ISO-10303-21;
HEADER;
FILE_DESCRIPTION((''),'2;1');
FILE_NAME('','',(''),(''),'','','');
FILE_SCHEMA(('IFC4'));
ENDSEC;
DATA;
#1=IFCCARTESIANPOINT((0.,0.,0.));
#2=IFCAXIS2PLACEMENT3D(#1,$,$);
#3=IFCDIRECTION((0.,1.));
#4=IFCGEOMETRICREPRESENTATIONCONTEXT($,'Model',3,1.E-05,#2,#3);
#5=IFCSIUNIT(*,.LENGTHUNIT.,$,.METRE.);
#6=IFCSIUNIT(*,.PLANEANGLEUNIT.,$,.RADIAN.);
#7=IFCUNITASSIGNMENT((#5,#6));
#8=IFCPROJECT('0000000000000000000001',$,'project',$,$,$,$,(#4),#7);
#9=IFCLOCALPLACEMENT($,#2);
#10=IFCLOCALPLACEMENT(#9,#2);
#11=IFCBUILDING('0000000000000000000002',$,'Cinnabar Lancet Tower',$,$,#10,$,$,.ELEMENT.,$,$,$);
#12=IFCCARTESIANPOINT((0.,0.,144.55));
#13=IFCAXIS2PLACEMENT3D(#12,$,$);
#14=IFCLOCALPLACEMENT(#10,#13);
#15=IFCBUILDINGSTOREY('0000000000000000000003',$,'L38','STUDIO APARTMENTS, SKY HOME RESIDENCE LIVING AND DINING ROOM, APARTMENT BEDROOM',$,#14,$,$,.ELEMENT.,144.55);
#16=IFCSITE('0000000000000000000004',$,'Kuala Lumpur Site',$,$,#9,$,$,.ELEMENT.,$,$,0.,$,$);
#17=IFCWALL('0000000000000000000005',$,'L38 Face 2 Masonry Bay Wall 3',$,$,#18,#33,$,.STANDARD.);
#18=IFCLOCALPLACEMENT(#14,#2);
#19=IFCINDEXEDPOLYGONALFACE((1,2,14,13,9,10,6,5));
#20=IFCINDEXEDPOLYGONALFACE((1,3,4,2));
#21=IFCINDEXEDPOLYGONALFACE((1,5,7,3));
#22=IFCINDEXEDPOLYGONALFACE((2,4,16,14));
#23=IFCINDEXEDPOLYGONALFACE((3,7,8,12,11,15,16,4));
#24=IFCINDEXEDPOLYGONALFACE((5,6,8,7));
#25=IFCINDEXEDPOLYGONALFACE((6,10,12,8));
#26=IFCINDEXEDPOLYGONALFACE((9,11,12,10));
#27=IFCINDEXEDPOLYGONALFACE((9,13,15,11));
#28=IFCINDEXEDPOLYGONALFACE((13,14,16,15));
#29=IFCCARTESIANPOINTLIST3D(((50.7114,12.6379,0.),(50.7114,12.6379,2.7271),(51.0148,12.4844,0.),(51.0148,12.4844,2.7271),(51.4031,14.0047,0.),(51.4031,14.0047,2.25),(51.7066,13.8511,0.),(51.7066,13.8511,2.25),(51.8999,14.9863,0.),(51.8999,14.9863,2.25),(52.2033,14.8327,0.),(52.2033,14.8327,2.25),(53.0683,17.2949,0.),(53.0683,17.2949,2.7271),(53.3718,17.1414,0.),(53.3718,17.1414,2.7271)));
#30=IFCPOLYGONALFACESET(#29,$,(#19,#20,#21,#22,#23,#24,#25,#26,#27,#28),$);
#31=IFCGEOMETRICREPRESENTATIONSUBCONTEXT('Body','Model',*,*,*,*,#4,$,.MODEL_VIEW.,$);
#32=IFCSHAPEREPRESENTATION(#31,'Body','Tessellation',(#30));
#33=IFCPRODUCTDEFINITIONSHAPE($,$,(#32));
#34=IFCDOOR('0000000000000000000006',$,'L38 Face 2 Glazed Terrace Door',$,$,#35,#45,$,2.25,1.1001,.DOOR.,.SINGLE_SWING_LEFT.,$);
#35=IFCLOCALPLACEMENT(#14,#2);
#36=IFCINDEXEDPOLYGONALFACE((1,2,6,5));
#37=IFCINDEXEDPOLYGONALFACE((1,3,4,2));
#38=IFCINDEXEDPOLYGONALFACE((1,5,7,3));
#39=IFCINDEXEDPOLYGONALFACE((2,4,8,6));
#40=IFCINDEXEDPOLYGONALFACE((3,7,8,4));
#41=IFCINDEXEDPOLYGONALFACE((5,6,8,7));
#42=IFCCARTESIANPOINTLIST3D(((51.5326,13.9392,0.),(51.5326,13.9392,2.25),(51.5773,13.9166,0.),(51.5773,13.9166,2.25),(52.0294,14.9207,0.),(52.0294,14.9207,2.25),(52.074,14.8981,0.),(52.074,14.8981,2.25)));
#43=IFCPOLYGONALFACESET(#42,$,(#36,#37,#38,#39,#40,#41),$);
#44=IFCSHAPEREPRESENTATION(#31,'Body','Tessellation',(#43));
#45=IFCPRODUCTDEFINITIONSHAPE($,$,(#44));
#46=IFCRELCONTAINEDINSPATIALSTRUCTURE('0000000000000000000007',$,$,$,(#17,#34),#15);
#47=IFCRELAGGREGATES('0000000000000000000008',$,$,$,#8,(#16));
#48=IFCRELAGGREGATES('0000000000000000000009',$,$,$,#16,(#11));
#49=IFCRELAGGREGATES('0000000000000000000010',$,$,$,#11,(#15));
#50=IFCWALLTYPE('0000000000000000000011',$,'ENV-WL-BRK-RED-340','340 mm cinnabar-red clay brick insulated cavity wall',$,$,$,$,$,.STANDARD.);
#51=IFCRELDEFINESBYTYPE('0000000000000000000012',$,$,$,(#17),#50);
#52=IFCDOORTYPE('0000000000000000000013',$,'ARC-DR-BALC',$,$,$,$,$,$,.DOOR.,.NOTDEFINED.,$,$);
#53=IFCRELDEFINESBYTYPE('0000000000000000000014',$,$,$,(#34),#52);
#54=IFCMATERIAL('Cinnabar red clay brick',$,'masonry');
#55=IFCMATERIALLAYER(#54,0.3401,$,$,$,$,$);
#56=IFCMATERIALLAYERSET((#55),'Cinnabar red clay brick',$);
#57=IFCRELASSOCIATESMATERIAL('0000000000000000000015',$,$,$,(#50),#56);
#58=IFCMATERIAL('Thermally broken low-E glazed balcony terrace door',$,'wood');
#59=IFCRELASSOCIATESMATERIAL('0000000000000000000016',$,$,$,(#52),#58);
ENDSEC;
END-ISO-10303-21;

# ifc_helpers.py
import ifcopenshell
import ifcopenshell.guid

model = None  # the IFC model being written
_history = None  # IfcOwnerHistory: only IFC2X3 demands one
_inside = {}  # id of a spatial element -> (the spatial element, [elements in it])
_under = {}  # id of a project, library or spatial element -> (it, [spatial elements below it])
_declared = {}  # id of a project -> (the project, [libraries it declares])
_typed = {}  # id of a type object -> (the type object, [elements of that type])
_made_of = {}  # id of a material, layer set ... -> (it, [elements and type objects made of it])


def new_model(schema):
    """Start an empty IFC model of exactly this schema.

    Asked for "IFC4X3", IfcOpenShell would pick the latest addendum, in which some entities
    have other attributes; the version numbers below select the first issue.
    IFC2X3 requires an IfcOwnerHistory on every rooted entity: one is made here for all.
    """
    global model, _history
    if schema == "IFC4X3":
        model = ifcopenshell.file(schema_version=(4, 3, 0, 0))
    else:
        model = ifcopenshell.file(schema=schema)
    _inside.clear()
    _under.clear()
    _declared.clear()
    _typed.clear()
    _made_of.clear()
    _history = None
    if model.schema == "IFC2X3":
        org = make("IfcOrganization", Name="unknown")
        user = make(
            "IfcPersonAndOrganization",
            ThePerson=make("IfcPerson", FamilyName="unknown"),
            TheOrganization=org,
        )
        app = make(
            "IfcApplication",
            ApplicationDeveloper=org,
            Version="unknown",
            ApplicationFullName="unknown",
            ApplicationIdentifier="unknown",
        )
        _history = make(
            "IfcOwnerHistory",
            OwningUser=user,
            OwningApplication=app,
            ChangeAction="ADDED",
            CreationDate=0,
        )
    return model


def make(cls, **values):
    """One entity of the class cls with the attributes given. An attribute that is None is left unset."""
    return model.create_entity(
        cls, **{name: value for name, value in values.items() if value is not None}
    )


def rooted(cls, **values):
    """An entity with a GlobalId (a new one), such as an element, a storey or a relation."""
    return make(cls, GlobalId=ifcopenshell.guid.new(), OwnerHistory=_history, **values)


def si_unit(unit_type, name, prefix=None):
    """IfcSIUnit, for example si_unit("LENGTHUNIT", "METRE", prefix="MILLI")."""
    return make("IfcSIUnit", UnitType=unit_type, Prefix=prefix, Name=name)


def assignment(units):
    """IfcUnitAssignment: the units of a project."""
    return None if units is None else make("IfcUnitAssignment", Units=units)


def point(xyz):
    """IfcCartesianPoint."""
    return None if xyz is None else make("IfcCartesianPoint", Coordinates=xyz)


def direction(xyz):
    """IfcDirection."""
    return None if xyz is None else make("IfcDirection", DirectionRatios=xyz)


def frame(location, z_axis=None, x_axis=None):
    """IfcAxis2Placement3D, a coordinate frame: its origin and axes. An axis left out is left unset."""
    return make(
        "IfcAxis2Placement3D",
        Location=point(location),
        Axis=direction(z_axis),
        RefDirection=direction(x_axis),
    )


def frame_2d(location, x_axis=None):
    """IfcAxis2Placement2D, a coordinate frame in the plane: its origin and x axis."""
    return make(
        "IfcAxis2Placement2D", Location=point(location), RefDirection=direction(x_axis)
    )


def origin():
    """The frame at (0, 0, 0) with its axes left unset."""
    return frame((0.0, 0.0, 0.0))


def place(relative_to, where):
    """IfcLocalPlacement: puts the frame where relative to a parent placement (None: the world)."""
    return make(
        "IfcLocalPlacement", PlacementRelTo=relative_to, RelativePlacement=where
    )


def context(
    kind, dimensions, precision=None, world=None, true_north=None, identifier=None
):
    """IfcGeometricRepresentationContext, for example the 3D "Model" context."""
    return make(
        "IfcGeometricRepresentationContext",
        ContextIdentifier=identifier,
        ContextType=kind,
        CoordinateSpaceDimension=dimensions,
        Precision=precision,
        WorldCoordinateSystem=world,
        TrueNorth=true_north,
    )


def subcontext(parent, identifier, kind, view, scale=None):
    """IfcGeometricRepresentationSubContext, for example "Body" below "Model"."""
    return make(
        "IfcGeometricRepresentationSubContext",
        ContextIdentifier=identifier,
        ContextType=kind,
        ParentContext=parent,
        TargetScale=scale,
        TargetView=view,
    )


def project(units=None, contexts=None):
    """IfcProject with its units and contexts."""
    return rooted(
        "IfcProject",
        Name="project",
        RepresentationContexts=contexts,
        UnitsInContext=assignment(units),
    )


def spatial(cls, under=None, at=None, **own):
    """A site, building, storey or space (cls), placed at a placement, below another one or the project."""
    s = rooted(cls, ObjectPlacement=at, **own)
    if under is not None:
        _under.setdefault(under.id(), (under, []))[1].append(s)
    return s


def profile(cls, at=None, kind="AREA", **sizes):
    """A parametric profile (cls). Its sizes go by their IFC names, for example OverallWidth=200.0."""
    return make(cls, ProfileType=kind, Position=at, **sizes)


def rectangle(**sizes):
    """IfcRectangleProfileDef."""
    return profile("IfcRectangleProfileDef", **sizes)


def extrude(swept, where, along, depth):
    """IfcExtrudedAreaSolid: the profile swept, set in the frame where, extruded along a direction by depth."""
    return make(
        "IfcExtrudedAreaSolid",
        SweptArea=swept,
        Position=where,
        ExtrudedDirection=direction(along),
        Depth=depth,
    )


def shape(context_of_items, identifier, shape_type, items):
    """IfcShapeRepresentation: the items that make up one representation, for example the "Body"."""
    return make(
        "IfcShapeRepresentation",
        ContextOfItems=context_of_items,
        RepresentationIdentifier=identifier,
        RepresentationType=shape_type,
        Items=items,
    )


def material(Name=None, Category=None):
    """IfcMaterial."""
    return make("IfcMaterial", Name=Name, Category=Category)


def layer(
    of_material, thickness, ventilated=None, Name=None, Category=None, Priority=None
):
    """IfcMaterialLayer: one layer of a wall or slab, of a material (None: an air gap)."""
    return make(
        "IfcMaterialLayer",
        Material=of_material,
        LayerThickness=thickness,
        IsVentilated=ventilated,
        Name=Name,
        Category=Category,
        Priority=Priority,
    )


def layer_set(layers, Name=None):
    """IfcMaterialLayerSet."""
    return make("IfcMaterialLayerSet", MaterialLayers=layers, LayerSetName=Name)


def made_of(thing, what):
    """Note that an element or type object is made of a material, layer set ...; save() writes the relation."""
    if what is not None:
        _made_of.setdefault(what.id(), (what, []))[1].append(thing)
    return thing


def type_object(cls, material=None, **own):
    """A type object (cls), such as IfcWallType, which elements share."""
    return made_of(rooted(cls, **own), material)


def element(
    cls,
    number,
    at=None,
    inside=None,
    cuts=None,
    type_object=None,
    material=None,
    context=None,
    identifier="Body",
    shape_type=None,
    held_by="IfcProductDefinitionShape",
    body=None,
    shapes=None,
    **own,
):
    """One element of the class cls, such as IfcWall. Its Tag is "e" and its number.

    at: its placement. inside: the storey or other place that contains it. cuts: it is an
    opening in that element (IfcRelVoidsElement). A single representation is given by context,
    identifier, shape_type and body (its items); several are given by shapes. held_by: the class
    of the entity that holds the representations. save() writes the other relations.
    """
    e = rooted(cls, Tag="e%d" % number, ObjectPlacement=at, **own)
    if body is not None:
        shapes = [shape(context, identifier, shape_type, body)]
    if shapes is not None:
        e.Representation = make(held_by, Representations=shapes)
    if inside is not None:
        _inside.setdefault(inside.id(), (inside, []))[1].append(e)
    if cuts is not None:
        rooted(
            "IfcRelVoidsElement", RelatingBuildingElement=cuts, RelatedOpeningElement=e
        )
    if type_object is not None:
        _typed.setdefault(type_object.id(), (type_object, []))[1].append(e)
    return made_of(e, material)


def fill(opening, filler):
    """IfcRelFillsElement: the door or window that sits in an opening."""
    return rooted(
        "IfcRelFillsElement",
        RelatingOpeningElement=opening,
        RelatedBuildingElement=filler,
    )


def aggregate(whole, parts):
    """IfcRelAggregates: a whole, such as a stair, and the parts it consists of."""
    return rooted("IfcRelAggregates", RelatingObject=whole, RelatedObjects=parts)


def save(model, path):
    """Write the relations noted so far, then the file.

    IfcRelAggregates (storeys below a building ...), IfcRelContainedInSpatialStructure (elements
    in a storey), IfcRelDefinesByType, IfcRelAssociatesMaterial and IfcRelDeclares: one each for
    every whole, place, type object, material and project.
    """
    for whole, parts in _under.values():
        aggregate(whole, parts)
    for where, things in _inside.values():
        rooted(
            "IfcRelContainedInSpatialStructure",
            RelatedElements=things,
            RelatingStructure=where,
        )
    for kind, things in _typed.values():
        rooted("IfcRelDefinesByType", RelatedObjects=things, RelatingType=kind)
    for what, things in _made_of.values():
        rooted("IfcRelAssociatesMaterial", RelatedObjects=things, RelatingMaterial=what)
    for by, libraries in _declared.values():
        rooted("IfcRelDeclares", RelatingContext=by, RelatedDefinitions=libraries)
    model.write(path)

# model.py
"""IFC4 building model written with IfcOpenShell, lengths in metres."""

from ifc_helpers import new_model, si_unit, direction, frame, frame_2d, origin, place, context, subcontext, project, spatial, rectangle, extrude, material, layer, layer_set, type_object, element, fill, save


model = new_model("IFC4")

# Units and contexts
model_context = context("Model", 3, precision=1e-05, world=origin(), true_north=direction((0.0, 1.0)))
body_context = subcontext(model_context, "Body", "Model", "MODEL_VIEW")
ifc_project = project(units=[si_unit("LENGTHUNIT", "METRE"), si_unit("PLANEANGLEUNIT", "RADIAN")], contexts=[model_context])

# Site, building, storey
site_placement = place(None, origin())
site = spatial("IfcSite", under=ifc_project, at=site_placement, Name="Kuala Lumpur Site", CompositionType="ELEMENT", RefElevation=0.0)
building_placement = place(site_placement, origin())
building = spatial("IfcBuilding", under=site, at=building_placement, Name="Cinnabar Lancet Tower", CompositionType="ELEMENT")
storey_placement = place(building_placement, frame((0.0, 0.0, 144.55)))
storey = spatial("IfcBuildingStorey", under=building, at=storey_placement, Name="L38", Description="STUDIO APARTMENTS, SKY HOME RESIDENCE LIVING AND DINING ROOM, APARTMENT BEDROOM", CompositionType="ELEMENT", Elevation=144.55)

# Shared definitions
ifc_material_1 = material(Name="Cinnabar red clay brick", Category="masonry")
ifc_layer_1 = layer(ifc_material_1, 0.3401)
ifc_layer_set_1 = layer_set([ifc_layer_1], Name="Cinnabar red clay brick")
wall_type_1 = type_object("IfcWallType", Name="ENV-WL-BRK-RED-340", Description="340 mm cinnabar-red clay brick insulated cavity wall", PredefinedType="STANDARD", material=ifc_layer_set_1)

# Wall, opening, door
wall_1_placement = place(storey_placement, frame((50.863, 12.561, 0.0), z_axis=(0.0, 0.0, 1.0), x_axis=(0.451568, 0.892237, 0.0)))
wall_1 = element("IfcWall", 1, at=wall_1_placement, inside=storey, type_object=wall_type_1, Name="L38 Face 2 Masonry Bay Wall 3", PredefinedType="STANDARD", context=body_context, shape_type="SweptSolid", body=[
    extrude(rectangle(XDim=5.2195, YDim=0.3401, at=frame_2d((2.6099, 0.0))), origin(), (0.0, 0.0, 1.0), 2.7271),
])
opening_1_placement = place(wall_1_placement, frame((1.532, 0.0, 0.0)))
opening_1 = element("IfcOpeningElement", 2, at=opening_1_placement, cuts=wall_1, PredefinedType="OPENING", context=body_context, shape_type="SweptSolid", body=[
    extrude(rectangle(XDim=1.1001, YDim=2.25, at=frame_2d((0.55, 1.125))), frame((0.0, 0.1799, 0.0), z_axis=(0.0, -1.0, 0.0), x_axis=(1.0, 0.0, 0.0)), (0.0, 0.0, 1.0), 0.3601),
])
ifc_material_2 = material(Name="Thermally broken low-E glazed balcony terrace door", Category="wood")
door_type_1 = type_object("IfcDoorType", Name="ARC-DR-BALC", OperationType="NOTDEFINED", PredefinedType="DOOR", material=ifc_material_2)
door_1_placement = place(opening_1_placement, origin())
door_1 = element("IfcDoor", 3, at=door_1_placement, inside=storey, type_object=door_type_1, Name="L38 Face 2 Glazed Terrace Door", OperationType="SINGLE_SWING_LEFT", OverallHeight=2.25, OverallWidth=1.1001, PredefinedType="DOOR", context=body_context, shape_type="SweptSolid", body=[
    extrude(rectangle(XDim=1.1001, YDim=2.25, at=frame_2d((0.55, 1.125))), frame((0.0, 0.0249, 0.0), z_axis=(0.0, -1.0, 0.0), x_axis=(1.0, 0.0, 0.0)), (0.0, 0.0, 1.0), 0.05),
])
fill(opening_1, door_1)

save(model, "model.ifc")
